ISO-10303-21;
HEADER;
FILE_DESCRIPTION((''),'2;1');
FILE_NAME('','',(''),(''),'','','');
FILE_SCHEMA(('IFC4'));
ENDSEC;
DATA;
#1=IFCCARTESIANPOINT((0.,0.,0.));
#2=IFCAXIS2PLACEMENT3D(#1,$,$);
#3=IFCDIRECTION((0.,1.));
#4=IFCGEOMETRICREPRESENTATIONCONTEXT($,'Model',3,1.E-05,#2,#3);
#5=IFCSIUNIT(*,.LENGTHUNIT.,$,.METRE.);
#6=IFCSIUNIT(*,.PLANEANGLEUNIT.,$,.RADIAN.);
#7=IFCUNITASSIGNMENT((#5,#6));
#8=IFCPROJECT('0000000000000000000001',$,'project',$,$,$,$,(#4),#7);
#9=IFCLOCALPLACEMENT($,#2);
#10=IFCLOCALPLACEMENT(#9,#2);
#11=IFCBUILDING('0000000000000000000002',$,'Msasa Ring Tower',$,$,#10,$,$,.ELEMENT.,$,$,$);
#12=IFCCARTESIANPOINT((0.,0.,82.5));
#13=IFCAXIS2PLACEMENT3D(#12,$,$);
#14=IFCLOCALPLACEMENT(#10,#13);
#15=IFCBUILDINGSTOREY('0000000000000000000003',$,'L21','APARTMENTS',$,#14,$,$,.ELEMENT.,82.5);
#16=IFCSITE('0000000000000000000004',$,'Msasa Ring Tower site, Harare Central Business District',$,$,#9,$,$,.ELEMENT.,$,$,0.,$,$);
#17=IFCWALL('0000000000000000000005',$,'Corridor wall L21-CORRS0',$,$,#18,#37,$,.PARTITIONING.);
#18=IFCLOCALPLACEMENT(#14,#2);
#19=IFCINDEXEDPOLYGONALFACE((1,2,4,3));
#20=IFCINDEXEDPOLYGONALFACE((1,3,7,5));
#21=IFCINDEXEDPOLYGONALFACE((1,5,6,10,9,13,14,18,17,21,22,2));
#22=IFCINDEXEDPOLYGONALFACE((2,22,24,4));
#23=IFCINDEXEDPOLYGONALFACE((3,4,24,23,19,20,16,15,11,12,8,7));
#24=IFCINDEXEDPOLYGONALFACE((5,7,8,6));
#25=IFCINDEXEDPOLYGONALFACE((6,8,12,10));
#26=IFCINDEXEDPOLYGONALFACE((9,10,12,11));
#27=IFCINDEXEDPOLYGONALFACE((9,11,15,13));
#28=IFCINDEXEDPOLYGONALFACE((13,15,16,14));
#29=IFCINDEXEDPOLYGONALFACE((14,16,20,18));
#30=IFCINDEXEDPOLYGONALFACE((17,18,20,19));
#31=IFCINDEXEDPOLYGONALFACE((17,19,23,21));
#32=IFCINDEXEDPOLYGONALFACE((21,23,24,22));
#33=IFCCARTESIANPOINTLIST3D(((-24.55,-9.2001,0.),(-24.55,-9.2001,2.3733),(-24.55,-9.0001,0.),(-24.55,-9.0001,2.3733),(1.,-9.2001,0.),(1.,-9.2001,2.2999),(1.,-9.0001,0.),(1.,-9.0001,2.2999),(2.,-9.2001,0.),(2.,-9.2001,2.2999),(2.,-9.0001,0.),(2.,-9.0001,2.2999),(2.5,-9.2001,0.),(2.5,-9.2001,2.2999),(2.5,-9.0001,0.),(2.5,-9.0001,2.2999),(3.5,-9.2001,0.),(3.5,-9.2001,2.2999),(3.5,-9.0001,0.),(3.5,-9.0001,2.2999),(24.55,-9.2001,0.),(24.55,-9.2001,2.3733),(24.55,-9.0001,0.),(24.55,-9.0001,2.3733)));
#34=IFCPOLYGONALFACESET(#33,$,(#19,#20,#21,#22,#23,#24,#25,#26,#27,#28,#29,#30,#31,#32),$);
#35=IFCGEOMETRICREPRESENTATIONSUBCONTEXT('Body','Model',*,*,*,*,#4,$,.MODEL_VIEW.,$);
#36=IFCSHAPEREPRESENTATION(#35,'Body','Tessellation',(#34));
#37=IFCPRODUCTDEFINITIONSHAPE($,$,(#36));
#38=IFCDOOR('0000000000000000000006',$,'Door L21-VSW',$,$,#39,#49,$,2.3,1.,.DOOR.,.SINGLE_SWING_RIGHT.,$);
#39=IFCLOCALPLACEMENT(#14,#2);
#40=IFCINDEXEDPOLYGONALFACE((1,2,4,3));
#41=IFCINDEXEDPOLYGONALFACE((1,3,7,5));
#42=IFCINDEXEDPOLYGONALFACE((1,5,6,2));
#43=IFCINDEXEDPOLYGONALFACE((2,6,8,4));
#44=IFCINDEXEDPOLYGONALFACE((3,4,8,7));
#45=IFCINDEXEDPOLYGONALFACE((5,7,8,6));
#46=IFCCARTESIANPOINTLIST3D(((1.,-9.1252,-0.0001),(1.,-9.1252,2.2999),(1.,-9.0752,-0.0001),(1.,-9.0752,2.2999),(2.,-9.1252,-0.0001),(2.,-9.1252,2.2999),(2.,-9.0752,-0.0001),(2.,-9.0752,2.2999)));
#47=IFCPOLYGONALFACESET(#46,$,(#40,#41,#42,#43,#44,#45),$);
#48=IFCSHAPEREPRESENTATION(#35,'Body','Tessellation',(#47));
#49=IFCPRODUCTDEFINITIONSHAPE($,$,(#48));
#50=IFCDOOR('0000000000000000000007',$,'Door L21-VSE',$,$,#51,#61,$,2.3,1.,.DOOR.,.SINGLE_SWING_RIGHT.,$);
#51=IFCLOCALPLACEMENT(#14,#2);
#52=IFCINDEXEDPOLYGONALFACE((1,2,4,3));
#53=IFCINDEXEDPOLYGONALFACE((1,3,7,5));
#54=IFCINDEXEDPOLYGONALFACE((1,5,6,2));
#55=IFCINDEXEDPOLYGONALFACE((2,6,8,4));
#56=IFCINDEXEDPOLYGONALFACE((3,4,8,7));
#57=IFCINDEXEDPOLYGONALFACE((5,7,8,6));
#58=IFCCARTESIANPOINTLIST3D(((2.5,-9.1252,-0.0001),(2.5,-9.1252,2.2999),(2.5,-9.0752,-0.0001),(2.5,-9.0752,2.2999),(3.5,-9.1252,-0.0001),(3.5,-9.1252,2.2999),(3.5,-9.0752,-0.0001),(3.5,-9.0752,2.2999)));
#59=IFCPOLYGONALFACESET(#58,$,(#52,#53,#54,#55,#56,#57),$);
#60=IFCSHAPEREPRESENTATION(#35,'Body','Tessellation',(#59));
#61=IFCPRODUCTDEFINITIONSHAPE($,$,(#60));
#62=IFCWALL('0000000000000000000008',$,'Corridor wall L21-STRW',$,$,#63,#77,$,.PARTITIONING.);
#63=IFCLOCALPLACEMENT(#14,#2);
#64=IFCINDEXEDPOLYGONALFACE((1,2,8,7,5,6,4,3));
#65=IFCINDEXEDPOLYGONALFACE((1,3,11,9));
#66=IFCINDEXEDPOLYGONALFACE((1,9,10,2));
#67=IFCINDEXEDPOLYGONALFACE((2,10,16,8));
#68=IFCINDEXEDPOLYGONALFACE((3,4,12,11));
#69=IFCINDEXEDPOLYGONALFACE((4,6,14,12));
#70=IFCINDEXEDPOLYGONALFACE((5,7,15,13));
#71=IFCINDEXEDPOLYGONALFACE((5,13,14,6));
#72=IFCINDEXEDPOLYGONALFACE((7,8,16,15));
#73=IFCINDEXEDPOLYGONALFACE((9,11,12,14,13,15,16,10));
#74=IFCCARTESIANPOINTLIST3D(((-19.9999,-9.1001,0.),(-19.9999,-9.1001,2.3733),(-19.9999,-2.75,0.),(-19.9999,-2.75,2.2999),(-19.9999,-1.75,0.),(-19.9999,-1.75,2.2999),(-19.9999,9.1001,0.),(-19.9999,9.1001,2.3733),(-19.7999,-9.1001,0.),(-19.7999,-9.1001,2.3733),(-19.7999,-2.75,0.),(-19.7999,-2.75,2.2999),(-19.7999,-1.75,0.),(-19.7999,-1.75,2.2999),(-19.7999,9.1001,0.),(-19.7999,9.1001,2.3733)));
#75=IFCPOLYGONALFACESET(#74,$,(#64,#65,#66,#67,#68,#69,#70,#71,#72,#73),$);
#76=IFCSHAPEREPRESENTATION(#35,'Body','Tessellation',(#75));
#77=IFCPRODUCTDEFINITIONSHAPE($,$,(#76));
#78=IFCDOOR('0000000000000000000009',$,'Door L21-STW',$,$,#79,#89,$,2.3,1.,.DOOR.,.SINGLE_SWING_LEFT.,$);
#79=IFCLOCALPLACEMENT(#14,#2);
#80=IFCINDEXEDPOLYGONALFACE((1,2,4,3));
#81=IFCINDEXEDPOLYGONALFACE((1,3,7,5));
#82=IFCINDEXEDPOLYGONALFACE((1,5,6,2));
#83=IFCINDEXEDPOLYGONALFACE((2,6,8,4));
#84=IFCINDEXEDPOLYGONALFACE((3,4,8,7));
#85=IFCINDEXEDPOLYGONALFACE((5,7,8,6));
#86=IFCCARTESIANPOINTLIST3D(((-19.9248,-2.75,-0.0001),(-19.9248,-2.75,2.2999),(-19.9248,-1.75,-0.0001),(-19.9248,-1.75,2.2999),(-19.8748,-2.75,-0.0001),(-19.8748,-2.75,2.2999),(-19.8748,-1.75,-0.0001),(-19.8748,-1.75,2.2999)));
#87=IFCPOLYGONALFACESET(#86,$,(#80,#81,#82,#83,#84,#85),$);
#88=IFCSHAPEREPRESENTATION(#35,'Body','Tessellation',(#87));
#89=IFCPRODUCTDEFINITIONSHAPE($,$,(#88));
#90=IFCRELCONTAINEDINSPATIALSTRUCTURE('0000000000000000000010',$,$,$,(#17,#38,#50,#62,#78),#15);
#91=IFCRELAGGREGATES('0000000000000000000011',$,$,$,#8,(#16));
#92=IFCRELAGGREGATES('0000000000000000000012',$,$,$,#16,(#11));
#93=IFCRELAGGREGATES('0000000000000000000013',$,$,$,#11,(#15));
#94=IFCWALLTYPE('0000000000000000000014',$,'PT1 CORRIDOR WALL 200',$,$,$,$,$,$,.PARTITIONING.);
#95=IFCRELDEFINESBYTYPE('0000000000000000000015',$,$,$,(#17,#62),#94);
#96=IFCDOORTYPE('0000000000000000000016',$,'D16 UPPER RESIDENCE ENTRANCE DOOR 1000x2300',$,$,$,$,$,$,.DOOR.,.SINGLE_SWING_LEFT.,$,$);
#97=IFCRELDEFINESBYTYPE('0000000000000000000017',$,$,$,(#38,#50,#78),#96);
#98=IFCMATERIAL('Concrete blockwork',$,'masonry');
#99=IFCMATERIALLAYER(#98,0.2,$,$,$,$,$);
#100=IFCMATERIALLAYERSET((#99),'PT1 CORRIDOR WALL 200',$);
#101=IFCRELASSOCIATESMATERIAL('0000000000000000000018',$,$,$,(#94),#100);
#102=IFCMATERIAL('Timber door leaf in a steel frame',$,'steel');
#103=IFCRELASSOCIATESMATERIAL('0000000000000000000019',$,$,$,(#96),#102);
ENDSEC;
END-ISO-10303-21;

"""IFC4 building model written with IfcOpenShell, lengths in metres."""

from ifc_helpers import new_model, si_unit, direction, frame, frame_2d, origin, place, context, subcontext, project, spatial, rectangle, extrude, material, layer, layer_set, type_object, element, fill, save


model = new_model("IFC4")

# Units and contexts
model_context = context("Model", 3, precision=1e-05, world=origin(), true_north=direction((0.0, 1.0)))
body_context = subcontext(model_context, "Body", "Model", "MODEL_VIEW")
ifc_project = project(units=[si_unit("LENGTHUNIT", "METRE"), si_unit("PLANEANGLEUNIT", "RADIAN")], contexts=[model_context])

# Site, building, storey
site_placement = place(None, origin())
site = spatial("IfcSite", under=ifc_project, at=site_placement, Name="Msasa Ring Tower site, Harare Central Business District", CompositionType="ELEMENT", RefElevation=0.0)
building_placement = place(site_placement, origin())
building = spatial("IfcBuilding", under=site, at=building_placement, Name="Msasa Ring Tower", CompositionType="ELEMENT")
storey_placement = place(building_placement, frame((0.0, 0.0, 82.5)))
storey = spatial("IfcBuildingStorey", under=building, at=storey_placement, Name="L21", Description="APARTMENTS", CompositionType="ELEMENT", Elevation=82.5)

# Wall, openings, doors
ifc_material_1 = material(Name="Concrete blockwork", Category="masonry")
ifc_layer_1 = layer(ifc_material_1, 0.2)
ifc_layer_set_1 = layer_set([ifc_layer_1], Name="PT1 CORRIDOR WALL 200")
wall_type_1 = type_object("IfcWallType", Name="PT1 CORRIDOR WALL 200", PredefinedType="PARTITIONING", material=ifc_layer_set_1)
wall_1_placement = place(storey_placement, frame((-24.55, -9.1001, 0.0), z_axis=(0.0, 0.0, 1.0), x_axis=(1.0, 0.0, 0.0)))
wall_1 = element("IfcWall", 1, at=wall_1_placement, inside=storey, type_object=wall_type_1, Name="Corridor wall L21-CORRS0", PredefinedType="PARTITIONING", context=body_context, shape_type="SweptSolid", body=[
    extrude(rectangle(XDim=49.1001, YDim=0.2, at=frame_2d((24.55, 0.0))), origin(), (0.0, 0.0, 1.0), 2.3733),
])
opening_1_placement = place(wall_1_placement, frame((25.55, 0.0, 0.0)))
opening_1 = element("IfcOpeningElement", 2, at=opening_1_placement, cuts=wall_1, PredefinedType="OPENING", context=body_context, shape_type="SweptSolid", body=[
    extrude(rectangle(XDim=1.0, YDim=2.3, at=frame_2d((0.5, 1.1499))), frame((0.0, 0.1099, 0.0), z_axis=(0.0, -1.0, 0.0), x_axis=(1.0, 0.0, 0.0)), (0.0, 0.0, 1.0), 0.22),
])
opening_2_placement = place(wall_1_placement, frame((27.05, 0.0, 0.0)))
opening_2 = element("IfcOpeningElement", 3, at=opening_2_placement, cuts=wall_1, PredefinedType="OPENING", context=body_context, shape_type="SweptSolid", body=[
    extrude(rectangle(XDim=1.0, YDim=2.3, at=frame_2d((0.5, 1.1499))), frame((0.0, 0.1099, 0.0), z_axis=(0.0, -1.0, 0.0), x_axis=(1.0, 0.0, 0.0)), (0.0, 0.0, 1.0), 0.22),
])
ifc_material_2 = material(Name="Timber door leaf in a steel frame", Category="steel")
door_type_1 = type_object("IfcDoorType", Name="D16 UPPER RESIDENCE ENTRANCE DOOR 1000x2300", OperationType="SINGLE_SWING_LEFT", PredefinedType="DOOR", material=ifc_material_2)
door_1_placement = place(opening_1_placement, origin())
door_1 = element("IfcDoor", 4, at=door_1_placement, inside=storey, type_object=door_type_1, Name="Door L21-VSW", OperationType="SINGLE_SWING_RIGHT", OverallHeight=2.3, OverallWidth=1.0, PredefinedType="DOOR", context=body_context, shape_type="SweptSolid", body=[
    extrude(rectangle(XDim=1.0, YDim=2.3, at=frame_2d((0.5, 1.1499))), frame((0.0, 0.0249, 0.0), z_axis=(0.0, -1.0, 0.0), x_axis=(1.0, 0.0, 0.0)), (0.0, 0.0, 1.0), 0.05),
])
fill(opening_1, door_1)
door_2_placement = place(opening_2_placement, origin())
door_2 = element("IfcDoor", 5, at=door_2_placement, inside=storey, type_object=door_type_1, Name="Door L21-VSE", OperationType="SINGLE_SWING_RIGHT", OverallHeight=2.3, OverallWidth=1.0, PredefinedType="DOOR", context=body_context, shape_type="SweptSolid", body=[
    extrude(rectangle(XDim=1.0, YDim=2.3, at=frame_2d((0.5, 1.1499))), frame((0.0, 0.0249, 0.0), z_axis=(0.0, -1.0, 0.0), x_axis=(1.0, 0.0, 0.0)), (0.0, 0.0, 1.0), 0.05),
])
fill(opening_2, door_2)

# Wall, opening, door
wall_2_placement = place(storey_placement, frame((-19.8999, -9.1001, 0.0), z_axis=(0.0, 0.0, 1.0), x_axis=(0.0, 1.0, 0.0)))
wall_2 = element("IfcWall", 6, at=wall_2_placement, inside=storey, type_object=wall_type_1, Name="Corridor wall L21-STRW", PredefinedType="PARTITIONING", context=body_context, shape_type="SweptSolid", body=[
    extrude(rectangle(XDim=18.2002, YDim=0.2, at=frame_2d((9.1001, 0.0))), origin(), (0.0, 0.0, 1.0), 2.3733),
])
opening_3_placement = place(wall_2_placement, frame((6.3501, 0.0, 0.0)))
opening_3 = element("IfcOpeningElement", 7, at=opening_3_placement, cuts=wall_2, PredefinedType="OPENING", context=body_context, shape_type="SweptSolid", body=[
    extrude(rectangle(XDim=1.0, YDim=2.3, at=frame_2d((0.5, 1.1499))), frame((0.0, 0.1099, 0.0), z_axis=(0.0, -1.0, 0.0), x_axis=(1.0, 0.0, 0.0)), (0.0, 0.0, 1.0), 0.22),
])
door_3_placement = place(opening_3_placement, origin())
door_3 = element("IfcDoor", 8, at=door_3_placement, inside=storey, type_object=door_type_1, Name="Door L21-STW", OperationType="SINGLE_SWING_LEFT", OverallHeight=2.3, OverallWidth=1.0, PredefinedType="DOOR", context=body_context, shape_type="SweptSolid", body=[
    extrude(rectangle(XDim=1.0, YDim=2.3, at=frame_2d((0.5, 1.1499))), frame((0.0, 0.0249, 0.0), z_axis=(0.0, -1.0, 0.0), x_axis=(1.0, 0.0, 0.0)), (0.0, 0.0, 1.0), 0.05),
])
fill(opening_3, door_3)

save(model, "model.ifc")
